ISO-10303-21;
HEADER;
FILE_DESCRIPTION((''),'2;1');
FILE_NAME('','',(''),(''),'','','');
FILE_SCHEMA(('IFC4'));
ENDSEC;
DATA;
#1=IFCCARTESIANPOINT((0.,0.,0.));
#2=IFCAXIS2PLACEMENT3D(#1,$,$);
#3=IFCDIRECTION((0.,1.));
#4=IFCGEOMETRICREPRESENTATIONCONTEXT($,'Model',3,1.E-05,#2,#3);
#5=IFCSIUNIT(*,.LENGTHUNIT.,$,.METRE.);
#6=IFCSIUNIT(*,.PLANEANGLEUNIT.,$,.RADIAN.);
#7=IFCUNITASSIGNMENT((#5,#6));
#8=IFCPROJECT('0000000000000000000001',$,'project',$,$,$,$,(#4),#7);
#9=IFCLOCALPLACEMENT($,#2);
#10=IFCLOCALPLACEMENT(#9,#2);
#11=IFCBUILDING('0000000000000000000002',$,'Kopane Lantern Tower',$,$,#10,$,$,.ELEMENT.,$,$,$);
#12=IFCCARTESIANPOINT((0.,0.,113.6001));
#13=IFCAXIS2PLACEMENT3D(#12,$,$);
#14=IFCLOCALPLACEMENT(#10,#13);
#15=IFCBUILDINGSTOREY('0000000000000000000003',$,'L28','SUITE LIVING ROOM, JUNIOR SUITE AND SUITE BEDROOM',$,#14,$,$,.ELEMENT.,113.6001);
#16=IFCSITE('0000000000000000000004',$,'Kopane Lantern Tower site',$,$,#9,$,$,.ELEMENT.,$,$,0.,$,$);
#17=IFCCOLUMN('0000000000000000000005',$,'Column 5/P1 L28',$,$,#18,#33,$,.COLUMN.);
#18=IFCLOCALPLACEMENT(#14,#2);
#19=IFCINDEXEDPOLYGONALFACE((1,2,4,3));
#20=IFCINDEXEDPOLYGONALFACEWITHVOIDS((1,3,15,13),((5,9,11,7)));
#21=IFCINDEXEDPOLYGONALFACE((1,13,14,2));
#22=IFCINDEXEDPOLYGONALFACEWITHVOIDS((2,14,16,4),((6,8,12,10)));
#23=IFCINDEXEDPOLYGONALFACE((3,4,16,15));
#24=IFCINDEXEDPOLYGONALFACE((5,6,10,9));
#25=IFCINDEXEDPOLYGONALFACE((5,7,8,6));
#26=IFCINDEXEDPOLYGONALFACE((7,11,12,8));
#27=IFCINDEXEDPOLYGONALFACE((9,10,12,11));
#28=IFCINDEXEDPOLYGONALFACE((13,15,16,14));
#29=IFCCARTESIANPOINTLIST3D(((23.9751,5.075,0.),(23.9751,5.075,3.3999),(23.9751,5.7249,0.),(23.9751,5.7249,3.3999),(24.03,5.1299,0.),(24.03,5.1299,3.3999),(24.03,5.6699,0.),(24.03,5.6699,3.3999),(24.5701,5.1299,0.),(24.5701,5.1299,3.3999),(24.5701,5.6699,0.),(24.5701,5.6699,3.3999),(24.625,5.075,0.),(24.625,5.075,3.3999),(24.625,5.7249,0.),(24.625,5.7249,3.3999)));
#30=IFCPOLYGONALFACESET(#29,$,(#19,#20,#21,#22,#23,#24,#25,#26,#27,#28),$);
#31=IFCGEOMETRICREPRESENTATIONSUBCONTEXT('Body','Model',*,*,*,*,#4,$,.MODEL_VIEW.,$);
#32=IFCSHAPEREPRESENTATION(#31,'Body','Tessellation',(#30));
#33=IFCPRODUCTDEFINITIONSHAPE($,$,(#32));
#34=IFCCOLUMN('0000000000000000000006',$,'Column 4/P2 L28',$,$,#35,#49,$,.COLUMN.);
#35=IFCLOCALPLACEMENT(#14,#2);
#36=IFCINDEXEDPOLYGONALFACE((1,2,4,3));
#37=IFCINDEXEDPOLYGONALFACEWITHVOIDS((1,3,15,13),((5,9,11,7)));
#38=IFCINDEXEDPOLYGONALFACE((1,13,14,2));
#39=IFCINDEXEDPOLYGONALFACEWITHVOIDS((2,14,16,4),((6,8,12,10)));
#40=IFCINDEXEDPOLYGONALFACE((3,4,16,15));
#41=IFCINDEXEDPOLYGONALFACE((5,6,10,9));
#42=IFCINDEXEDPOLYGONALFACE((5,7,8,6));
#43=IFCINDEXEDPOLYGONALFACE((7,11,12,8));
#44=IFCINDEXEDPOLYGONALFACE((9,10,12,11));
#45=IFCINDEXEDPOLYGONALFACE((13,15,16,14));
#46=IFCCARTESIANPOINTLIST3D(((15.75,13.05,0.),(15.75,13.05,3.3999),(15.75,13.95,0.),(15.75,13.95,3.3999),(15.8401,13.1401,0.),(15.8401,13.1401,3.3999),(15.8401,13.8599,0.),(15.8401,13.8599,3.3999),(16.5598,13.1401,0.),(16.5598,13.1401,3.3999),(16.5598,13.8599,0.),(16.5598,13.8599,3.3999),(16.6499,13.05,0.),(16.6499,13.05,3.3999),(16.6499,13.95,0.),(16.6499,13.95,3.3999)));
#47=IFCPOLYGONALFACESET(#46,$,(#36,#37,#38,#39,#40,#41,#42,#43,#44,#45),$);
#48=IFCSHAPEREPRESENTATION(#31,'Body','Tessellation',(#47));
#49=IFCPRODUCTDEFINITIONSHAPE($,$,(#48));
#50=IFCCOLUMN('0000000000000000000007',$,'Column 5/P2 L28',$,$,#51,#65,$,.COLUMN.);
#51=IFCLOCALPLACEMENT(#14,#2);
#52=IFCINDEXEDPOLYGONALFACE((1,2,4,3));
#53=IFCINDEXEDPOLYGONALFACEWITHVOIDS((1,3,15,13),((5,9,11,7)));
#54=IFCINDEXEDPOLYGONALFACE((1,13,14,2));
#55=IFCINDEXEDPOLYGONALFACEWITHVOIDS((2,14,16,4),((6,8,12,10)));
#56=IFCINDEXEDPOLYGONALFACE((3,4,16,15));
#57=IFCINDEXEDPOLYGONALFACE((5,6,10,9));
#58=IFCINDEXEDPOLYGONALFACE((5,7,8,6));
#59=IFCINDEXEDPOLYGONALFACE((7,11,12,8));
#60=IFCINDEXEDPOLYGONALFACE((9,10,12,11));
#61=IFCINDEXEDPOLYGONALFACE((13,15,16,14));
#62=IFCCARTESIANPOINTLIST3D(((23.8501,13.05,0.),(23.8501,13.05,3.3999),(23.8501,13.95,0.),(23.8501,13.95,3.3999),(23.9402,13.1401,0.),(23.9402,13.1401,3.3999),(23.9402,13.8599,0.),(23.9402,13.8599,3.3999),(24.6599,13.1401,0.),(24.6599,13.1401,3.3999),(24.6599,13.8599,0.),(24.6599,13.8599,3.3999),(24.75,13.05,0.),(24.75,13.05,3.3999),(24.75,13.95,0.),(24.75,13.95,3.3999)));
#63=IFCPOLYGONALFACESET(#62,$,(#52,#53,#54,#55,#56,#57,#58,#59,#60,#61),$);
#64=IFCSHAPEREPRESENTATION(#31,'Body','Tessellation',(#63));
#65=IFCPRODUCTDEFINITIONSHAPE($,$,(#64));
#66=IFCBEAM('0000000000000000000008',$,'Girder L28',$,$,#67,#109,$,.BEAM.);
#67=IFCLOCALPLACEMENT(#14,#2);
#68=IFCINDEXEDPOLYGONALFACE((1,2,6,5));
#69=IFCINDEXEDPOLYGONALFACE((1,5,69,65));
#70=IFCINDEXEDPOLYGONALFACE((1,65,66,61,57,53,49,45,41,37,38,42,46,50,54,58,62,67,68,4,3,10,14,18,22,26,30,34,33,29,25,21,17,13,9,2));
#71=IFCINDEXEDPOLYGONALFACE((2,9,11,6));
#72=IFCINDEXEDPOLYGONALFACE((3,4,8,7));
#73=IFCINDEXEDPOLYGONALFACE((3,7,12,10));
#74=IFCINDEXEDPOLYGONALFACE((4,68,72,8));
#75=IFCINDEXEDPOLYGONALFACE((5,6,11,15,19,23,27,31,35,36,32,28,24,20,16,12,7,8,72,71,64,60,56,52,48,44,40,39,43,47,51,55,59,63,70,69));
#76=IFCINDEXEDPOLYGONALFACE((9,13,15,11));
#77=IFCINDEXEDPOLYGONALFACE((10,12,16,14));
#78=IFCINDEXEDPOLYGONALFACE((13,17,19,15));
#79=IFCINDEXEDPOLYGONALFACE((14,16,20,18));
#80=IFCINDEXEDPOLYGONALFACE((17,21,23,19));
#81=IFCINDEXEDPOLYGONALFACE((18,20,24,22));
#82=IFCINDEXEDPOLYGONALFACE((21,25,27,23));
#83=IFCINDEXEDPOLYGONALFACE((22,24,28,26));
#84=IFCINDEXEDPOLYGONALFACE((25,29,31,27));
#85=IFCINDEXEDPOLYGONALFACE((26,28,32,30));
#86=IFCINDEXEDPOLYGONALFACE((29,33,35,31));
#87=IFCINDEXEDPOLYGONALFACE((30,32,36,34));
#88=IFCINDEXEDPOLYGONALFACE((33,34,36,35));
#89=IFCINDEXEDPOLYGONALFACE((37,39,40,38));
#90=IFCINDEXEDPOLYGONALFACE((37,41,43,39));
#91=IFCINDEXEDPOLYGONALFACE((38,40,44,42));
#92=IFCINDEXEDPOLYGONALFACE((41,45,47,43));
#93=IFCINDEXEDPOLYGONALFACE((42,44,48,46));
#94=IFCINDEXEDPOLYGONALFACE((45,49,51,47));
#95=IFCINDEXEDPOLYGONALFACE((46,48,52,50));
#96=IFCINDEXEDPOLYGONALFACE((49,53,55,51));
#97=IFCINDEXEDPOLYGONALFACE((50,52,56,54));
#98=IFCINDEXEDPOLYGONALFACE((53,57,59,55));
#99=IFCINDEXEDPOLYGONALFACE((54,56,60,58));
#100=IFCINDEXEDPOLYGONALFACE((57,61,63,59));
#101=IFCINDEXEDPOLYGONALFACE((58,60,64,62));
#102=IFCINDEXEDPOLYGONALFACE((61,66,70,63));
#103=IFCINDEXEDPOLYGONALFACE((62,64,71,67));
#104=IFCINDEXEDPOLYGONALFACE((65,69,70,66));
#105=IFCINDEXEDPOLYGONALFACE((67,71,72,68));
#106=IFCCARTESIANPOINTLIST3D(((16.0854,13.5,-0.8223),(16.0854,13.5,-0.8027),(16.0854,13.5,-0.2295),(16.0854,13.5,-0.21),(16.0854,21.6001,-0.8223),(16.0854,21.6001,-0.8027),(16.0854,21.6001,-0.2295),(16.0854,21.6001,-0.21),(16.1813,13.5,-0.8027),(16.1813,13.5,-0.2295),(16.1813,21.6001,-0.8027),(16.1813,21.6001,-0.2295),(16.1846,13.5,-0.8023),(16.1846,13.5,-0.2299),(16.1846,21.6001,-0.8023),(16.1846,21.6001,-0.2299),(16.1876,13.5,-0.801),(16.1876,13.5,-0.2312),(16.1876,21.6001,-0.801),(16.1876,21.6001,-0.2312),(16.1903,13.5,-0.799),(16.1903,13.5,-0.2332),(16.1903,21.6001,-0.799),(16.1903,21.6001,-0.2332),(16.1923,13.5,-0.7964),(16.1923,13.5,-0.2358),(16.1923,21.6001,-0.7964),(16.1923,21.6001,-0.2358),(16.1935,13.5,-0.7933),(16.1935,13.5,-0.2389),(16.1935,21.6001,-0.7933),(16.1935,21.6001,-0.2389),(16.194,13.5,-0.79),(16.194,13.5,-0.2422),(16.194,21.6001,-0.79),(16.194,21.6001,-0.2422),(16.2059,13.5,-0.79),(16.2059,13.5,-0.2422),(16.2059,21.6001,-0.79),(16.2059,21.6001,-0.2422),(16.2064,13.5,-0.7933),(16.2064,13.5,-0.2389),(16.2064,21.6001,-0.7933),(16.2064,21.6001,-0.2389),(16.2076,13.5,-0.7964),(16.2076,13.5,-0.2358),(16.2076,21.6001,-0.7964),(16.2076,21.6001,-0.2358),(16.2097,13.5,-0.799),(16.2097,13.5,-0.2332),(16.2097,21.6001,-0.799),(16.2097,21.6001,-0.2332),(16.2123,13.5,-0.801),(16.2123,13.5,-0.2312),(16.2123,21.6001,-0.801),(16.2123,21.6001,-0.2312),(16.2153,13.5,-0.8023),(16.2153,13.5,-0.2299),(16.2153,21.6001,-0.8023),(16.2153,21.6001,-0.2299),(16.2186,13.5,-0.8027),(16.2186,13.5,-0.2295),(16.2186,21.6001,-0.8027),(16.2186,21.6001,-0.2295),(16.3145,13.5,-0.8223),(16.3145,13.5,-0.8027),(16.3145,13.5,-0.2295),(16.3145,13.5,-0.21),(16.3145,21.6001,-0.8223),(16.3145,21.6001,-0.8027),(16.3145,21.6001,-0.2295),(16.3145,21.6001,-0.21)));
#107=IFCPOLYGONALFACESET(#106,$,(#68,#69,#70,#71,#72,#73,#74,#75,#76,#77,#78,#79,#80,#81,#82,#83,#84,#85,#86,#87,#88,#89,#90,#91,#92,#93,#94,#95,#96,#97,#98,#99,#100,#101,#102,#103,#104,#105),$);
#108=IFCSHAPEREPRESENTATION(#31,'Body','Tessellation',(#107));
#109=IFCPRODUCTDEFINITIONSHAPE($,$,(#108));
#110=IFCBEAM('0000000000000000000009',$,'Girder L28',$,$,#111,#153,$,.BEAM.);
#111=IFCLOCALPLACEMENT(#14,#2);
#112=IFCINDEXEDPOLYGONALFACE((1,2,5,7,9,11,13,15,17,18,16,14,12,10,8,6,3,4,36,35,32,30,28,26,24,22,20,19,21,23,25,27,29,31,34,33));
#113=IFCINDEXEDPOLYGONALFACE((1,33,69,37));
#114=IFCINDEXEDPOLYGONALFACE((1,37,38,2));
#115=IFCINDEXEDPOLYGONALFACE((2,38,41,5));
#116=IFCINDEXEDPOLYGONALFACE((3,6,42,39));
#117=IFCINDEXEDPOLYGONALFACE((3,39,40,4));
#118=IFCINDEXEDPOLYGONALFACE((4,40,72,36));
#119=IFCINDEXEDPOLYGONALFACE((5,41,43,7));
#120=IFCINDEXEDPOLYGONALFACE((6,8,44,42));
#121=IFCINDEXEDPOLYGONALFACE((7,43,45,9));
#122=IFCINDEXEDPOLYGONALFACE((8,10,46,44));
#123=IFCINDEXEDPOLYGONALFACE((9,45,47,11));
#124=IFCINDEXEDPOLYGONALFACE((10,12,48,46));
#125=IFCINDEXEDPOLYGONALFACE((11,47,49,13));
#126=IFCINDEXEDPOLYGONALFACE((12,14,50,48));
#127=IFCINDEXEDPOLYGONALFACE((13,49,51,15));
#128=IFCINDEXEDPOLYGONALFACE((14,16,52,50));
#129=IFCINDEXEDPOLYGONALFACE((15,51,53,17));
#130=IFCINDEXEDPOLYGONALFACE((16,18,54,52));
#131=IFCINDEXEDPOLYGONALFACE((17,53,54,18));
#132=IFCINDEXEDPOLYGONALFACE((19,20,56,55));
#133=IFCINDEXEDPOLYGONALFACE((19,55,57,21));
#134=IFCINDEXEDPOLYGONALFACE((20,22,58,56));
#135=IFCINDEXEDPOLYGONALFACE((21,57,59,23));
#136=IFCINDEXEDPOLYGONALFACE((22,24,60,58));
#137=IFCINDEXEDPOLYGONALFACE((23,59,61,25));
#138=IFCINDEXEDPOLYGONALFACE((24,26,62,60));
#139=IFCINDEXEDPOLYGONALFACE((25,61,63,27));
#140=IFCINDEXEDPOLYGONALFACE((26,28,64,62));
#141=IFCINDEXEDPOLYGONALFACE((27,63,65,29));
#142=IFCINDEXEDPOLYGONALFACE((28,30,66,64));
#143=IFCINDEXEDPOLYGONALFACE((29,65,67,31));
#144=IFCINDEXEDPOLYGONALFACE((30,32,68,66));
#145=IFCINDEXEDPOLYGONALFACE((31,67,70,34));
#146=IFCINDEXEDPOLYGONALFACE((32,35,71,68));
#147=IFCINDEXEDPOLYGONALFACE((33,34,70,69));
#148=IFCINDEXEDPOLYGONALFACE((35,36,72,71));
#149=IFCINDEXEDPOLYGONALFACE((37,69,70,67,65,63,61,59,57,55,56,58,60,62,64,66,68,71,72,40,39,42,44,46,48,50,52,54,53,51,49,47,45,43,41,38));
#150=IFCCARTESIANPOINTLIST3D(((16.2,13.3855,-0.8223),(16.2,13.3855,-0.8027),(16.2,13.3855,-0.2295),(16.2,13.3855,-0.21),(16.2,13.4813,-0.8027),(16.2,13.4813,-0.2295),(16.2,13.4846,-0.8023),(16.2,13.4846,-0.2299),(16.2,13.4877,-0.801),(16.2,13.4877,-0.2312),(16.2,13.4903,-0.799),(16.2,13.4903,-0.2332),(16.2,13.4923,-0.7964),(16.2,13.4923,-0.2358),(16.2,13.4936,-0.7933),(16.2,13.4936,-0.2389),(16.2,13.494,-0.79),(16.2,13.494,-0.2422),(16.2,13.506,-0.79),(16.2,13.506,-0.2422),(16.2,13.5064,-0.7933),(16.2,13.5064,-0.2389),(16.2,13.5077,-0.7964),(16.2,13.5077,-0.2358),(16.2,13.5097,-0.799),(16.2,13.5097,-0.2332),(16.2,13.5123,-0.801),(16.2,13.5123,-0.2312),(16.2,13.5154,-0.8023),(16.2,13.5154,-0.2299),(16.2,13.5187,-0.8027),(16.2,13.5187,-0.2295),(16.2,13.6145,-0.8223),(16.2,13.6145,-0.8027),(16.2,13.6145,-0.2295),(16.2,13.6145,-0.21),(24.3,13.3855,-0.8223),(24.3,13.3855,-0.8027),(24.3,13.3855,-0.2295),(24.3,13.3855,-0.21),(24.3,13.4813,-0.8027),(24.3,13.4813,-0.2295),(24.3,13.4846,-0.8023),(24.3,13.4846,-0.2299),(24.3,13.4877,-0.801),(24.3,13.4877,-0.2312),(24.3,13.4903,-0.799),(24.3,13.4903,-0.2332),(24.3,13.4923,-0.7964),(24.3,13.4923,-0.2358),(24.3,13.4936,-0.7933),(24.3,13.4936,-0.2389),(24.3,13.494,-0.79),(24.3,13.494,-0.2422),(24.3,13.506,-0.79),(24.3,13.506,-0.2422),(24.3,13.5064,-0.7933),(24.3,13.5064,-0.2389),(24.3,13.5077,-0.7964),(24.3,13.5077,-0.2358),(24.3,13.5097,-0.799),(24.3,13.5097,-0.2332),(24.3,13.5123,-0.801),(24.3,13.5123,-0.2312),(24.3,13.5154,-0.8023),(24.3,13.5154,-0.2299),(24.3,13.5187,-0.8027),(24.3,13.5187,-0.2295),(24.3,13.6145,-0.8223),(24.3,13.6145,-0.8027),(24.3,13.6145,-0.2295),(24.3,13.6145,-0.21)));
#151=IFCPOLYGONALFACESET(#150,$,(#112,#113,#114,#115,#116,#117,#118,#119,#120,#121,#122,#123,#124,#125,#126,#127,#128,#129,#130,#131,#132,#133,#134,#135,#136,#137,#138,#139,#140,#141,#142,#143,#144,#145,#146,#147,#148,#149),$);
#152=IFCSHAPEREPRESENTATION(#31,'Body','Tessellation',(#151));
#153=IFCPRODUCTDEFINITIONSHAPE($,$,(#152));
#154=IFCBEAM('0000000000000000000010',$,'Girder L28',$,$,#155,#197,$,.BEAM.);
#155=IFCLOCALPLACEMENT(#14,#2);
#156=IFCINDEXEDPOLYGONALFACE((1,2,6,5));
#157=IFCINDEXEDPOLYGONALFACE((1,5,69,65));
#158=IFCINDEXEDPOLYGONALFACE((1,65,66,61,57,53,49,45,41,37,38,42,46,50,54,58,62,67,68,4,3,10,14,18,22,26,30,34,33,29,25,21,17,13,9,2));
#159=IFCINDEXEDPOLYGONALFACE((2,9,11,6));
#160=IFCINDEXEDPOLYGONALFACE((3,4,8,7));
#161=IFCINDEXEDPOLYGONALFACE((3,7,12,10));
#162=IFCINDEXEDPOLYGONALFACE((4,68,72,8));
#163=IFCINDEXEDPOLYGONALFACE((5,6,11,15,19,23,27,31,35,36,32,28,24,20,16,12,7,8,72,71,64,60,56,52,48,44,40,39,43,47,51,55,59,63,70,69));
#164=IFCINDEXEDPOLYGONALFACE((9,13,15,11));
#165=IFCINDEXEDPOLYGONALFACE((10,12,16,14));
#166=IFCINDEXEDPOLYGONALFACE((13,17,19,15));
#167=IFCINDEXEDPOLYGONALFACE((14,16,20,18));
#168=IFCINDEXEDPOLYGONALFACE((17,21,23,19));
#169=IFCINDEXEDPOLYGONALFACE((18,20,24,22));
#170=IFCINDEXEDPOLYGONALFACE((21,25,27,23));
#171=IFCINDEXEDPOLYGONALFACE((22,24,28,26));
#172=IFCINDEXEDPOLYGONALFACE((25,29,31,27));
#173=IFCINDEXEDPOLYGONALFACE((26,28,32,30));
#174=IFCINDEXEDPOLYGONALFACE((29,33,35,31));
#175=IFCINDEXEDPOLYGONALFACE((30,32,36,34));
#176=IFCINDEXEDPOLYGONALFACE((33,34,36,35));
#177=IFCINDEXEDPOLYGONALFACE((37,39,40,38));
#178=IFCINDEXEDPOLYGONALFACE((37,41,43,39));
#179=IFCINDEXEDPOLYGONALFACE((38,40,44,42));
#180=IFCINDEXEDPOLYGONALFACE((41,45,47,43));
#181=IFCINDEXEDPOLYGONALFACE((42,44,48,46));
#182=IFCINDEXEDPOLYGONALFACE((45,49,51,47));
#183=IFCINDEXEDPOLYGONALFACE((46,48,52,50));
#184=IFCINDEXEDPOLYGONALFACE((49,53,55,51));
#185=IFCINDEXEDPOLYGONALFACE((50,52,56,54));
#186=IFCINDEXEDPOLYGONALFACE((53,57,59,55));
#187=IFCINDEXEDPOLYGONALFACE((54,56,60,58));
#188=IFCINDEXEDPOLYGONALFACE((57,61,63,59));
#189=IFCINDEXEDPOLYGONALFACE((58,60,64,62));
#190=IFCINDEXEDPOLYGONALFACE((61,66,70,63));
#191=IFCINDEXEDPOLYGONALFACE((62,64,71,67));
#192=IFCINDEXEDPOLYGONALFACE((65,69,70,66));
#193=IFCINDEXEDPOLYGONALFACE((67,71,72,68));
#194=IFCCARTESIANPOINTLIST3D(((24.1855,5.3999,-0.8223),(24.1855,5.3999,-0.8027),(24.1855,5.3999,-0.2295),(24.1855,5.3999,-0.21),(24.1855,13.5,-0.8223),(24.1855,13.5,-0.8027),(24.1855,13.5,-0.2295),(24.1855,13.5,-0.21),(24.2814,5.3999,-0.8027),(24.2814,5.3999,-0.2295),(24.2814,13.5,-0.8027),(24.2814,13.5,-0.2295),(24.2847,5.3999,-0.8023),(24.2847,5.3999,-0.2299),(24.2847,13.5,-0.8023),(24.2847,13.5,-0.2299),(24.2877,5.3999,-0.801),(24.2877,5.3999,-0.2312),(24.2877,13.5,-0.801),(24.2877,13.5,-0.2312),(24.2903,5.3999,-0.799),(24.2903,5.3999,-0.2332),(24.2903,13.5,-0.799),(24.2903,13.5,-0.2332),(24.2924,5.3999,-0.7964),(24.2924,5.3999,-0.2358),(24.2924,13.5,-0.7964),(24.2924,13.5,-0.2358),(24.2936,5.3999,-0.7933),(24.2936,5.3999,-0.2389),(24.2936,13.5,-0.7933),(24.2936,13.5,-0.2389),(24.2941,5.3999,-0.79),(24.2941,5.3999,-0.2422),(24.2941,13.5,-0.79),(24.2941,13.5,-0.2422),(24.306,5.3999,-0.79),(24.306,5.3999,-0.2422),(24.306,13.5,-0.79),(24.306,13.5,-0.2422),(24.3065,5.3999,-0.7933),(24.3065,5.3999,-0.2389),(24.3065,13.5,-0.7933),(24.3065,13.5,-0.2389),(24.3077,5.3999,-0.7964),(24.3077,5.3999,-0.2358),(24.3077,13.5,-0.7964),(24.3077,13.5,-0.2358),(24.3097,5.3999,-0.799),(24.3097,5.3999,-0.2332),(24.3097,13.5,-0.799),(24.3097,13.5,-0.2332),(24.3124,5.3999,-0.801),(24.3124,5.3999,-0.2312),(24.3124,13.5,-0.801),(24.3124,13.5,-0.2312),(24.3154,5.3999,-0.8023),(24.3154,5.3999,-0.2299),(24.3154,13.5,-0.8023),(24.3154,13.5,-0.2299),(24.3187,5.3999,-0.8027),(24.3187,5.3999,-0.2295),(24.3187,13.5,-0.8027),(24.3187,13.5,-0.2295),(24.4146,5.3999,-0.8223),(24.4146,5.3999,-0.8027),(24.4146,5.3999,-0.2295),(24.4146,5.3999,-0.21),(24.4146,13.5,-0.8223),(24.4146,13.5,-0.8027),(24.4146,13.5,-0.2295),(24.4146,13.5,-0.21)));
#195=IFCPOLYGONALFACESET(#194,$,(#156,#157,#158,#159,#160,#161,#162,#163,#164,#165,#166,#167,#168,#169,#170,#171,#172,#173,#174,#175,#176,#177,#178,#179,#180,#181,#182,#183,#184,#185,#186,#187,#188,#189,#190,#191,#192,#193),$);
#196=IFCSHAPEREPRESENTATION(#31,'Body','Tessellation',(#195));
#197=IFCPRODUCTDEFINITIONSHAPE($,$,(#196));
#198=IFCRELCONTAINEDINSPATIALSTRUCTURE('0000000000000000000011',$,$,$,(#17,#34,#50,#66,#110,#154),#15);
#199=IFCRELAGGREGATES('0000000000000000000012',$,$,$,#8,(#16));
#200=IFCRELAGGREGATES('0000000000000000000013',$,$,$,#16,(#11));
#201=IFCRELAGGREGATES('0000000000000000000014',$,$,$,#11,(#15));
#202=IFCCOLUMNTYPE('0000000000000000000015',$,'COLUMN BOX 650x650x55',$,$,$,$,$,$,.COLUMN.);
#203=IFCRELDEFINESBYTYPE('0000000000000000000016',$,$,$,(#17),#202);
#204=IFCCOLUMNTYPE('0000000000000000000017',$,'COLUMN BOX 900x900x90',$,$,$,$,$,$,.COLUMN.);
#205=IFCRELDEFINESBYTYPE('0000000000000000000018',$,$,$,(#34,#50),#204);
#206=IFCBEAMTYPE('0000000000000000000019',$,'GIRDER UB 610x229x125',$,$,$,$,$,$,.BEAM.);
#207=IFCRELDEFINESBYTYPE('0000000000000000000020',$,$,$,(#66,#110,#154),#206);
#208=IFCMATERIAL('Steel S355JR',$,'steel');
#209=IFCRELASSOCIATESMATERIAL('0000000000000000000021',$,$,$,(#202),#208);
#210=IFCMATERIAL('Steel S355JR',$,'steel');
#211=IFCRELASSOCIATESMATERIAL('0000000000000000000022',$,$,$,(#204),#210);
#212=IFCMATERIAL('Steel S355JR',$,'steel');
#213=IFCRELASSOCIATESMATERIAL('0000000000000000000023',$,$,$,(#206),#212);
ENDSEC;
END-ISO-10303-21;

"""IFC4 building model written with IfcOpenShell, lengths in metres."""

from ifc_helpers import new_model, si_unit, direction, frame, origin, origin_2d, place, context, subcontext, project, spatial, hollow_rectangle, i_section, extrude, material, material_profile, profile_set, type_object, element, save


model = new_model("IFC4")

# Units and contexts
model_context = context("Model", 3, precision=1e-05, world=origin(), true_north=direction((0.0, 1.0)))
body_context = subcontext(model_context, "Body", "Model", "MODEL_VIEW")
ifc_project = project(units=[si_unit("LENGTHUNIT", "METRE"), si_unit("PLANEANGLEUNIT", "RADIAN")], contexts=[model_context])

# Site, building, storey
site_placement = place(None, origin())
site = spatial("IfcSite", under=ifc_project, at=site_placement, Name="Kopane Lantern Tower site", CompositionType="ELEMENT", RefElevation=0.0)
building_placement = place(site_placement, origin())
building = spatial("IfcBuilding", under=site, at=building_placement, Name="Kopane Lantern Tower", CompositionType="ELEMENT")
storey_placement = place(building_placement, frame((0.0, 0.0, 113.6001)))
storey = spatial("IfcBuildingStorey", under=building, at=storey_placement, Name="L28", Description="SUITE LIVING ROOM, JUNIOR SUITE AND SUITE BEDROOM", CompositionType="ELEMENT", Elevation=113.6001)

# Columns
ifc_material_1 = material(Name="Steel S355JR", Category="steel")
ifc_material_profile_1 = material_profile(ifc_material_1, hollow_rectangle(XDim=0.6499, YDim=0.6499, WallThickness=0.0549, at=origin_2d()), Name="BOX 650x650x55")
ifc_profile_set_1 = profile_set([ifc_material_profile_1], Name="Steel S355JR")
column_type_1 = type_object("IfcColumnType", Name="COLUMN BOX 650x650x55", PredefinedType="COLUMN", material=ifc_profile_set_1)
column_placement = place(storey_placement, frame((24.3, 5.3999, 0.0), z_axis=(0.0, 0.0, 1.0), x_axis=(1.0, 0.0, 0.0)))
element("IfcColumn", 1, at=column_placement, inside=storey, type_object=column_type_1, Name="Column 5/P1 L28", PredefinedType="COLUMN", context=body_context, shape_type="SweptSolid", body=[
    extrude(hollow_rectangle(XDim=0.6499, YDim=0.6499, WallThickness=0.0549, at=origin_2d()), origin(), (0.0, 0.0, 1.0), 3.3999),
])
ifc_material_2 = material(Name="Steel S355JR", Category="steel")
ifc_material_profile_2 = material_profile(ifc_material_2, hollow_rectangle(XDim=0.8999, YDim=0.8999, WallThickness=0.0901, at=origin_2d()), Name="BOX 900x900x90")
ifc_profile_set_2 = profile_set([ifc_material_profile_2], Name="Steel S355JR")
column_type_2 = type_object("IfcColumnType", Name="COLUMN BOX 900x900x90", PredefinedType="COLUMN", material=ifc_profile_set_2)
for number, where, z_axis, x_axis, name in (
    (2, (16.2, 13.5, 0.0), (0.0, 0.0, 1.0), (1.0, 0.0, 0.0), "Column 4/P2 L28"),
    (3, (24.3, 13.5, 0.0), (0.0, 0.0, 1.0), (1.0, 0.0, 0.0), "Column 5/P2 L28"),
):
    element("IfcColumn", number, at=place(storey_placement, frame(where, z_axis=z_axis, x_axis=x_axis)), inside=storey, type_object=column_type_2, Name=name, PredefinedType="COLUMN", context=body_context, shape_type="SweptSolid", body=[
        extrude(hollow_rectangle(XDim=0.8999, YDim=0.8999, WallThickness=0.0901, at=origin_2d()), origin(), (0.0, 0.0, 1.0), 3.3999),
    ])

# Beams
ifc_material_3 = material(Name="Steel S355JR", Category="steel")
ifc_material_profile_3 = material_profile(ifc_material_3, i_section(OverallWidth=0.229, OverallDepth=0.6123, WebThickness=0.012, FlangeThickness=0.0195, FilletRadius=0.0127, at=origin_2d()), Name="UB 610x229x125")
ifc_profile_set_3 = profile_set([ifc_material_profile_3], Name="Steel S355JR")
beam_type = type_object("IfcBeamType", Name="GIRDER UB 610x229x125", PredefinedType="BEAM", material=ifc_profile_set_3)
for number, where, z_axis, x_axis, name in (
    (4, (16.2, 13.5, -0.5161), (0.0, 1.0, 0.0), (-1.0, 0.0, 0.0), "Girder L28"),
    (5, (16.2, 13.5, -0.5161), (1.0, 0.0, 0.0), (0.0, 1.0, 0.0), "Girder L28"),
    (6, (24.3, 5.3999, -0.5161), (0.0, 1.0, 0.0), (-1.0, 0.0, 0.0), "Girder L28"),
):
    element("IfcBeam", number, at=place(storey_placement, frame(where, z_axis=z_axis, x_axis=x_axis)), inside=storey, type_object=beam_type, Name=name, PredefinedType="BEAM", context=body_context, shape_type="SweptSolid", body=[
        extrude(i_section(OverallWidth=0.229, OverallDepth=0.6123, WebThickness=0.012, FlangeThickness=0.0195, FilletRadius=0.0127, at=origin_2d()), origin(), (0.0, 0.0, 1.0), 8.1001),
    ])

save(model, "model.ifc")
